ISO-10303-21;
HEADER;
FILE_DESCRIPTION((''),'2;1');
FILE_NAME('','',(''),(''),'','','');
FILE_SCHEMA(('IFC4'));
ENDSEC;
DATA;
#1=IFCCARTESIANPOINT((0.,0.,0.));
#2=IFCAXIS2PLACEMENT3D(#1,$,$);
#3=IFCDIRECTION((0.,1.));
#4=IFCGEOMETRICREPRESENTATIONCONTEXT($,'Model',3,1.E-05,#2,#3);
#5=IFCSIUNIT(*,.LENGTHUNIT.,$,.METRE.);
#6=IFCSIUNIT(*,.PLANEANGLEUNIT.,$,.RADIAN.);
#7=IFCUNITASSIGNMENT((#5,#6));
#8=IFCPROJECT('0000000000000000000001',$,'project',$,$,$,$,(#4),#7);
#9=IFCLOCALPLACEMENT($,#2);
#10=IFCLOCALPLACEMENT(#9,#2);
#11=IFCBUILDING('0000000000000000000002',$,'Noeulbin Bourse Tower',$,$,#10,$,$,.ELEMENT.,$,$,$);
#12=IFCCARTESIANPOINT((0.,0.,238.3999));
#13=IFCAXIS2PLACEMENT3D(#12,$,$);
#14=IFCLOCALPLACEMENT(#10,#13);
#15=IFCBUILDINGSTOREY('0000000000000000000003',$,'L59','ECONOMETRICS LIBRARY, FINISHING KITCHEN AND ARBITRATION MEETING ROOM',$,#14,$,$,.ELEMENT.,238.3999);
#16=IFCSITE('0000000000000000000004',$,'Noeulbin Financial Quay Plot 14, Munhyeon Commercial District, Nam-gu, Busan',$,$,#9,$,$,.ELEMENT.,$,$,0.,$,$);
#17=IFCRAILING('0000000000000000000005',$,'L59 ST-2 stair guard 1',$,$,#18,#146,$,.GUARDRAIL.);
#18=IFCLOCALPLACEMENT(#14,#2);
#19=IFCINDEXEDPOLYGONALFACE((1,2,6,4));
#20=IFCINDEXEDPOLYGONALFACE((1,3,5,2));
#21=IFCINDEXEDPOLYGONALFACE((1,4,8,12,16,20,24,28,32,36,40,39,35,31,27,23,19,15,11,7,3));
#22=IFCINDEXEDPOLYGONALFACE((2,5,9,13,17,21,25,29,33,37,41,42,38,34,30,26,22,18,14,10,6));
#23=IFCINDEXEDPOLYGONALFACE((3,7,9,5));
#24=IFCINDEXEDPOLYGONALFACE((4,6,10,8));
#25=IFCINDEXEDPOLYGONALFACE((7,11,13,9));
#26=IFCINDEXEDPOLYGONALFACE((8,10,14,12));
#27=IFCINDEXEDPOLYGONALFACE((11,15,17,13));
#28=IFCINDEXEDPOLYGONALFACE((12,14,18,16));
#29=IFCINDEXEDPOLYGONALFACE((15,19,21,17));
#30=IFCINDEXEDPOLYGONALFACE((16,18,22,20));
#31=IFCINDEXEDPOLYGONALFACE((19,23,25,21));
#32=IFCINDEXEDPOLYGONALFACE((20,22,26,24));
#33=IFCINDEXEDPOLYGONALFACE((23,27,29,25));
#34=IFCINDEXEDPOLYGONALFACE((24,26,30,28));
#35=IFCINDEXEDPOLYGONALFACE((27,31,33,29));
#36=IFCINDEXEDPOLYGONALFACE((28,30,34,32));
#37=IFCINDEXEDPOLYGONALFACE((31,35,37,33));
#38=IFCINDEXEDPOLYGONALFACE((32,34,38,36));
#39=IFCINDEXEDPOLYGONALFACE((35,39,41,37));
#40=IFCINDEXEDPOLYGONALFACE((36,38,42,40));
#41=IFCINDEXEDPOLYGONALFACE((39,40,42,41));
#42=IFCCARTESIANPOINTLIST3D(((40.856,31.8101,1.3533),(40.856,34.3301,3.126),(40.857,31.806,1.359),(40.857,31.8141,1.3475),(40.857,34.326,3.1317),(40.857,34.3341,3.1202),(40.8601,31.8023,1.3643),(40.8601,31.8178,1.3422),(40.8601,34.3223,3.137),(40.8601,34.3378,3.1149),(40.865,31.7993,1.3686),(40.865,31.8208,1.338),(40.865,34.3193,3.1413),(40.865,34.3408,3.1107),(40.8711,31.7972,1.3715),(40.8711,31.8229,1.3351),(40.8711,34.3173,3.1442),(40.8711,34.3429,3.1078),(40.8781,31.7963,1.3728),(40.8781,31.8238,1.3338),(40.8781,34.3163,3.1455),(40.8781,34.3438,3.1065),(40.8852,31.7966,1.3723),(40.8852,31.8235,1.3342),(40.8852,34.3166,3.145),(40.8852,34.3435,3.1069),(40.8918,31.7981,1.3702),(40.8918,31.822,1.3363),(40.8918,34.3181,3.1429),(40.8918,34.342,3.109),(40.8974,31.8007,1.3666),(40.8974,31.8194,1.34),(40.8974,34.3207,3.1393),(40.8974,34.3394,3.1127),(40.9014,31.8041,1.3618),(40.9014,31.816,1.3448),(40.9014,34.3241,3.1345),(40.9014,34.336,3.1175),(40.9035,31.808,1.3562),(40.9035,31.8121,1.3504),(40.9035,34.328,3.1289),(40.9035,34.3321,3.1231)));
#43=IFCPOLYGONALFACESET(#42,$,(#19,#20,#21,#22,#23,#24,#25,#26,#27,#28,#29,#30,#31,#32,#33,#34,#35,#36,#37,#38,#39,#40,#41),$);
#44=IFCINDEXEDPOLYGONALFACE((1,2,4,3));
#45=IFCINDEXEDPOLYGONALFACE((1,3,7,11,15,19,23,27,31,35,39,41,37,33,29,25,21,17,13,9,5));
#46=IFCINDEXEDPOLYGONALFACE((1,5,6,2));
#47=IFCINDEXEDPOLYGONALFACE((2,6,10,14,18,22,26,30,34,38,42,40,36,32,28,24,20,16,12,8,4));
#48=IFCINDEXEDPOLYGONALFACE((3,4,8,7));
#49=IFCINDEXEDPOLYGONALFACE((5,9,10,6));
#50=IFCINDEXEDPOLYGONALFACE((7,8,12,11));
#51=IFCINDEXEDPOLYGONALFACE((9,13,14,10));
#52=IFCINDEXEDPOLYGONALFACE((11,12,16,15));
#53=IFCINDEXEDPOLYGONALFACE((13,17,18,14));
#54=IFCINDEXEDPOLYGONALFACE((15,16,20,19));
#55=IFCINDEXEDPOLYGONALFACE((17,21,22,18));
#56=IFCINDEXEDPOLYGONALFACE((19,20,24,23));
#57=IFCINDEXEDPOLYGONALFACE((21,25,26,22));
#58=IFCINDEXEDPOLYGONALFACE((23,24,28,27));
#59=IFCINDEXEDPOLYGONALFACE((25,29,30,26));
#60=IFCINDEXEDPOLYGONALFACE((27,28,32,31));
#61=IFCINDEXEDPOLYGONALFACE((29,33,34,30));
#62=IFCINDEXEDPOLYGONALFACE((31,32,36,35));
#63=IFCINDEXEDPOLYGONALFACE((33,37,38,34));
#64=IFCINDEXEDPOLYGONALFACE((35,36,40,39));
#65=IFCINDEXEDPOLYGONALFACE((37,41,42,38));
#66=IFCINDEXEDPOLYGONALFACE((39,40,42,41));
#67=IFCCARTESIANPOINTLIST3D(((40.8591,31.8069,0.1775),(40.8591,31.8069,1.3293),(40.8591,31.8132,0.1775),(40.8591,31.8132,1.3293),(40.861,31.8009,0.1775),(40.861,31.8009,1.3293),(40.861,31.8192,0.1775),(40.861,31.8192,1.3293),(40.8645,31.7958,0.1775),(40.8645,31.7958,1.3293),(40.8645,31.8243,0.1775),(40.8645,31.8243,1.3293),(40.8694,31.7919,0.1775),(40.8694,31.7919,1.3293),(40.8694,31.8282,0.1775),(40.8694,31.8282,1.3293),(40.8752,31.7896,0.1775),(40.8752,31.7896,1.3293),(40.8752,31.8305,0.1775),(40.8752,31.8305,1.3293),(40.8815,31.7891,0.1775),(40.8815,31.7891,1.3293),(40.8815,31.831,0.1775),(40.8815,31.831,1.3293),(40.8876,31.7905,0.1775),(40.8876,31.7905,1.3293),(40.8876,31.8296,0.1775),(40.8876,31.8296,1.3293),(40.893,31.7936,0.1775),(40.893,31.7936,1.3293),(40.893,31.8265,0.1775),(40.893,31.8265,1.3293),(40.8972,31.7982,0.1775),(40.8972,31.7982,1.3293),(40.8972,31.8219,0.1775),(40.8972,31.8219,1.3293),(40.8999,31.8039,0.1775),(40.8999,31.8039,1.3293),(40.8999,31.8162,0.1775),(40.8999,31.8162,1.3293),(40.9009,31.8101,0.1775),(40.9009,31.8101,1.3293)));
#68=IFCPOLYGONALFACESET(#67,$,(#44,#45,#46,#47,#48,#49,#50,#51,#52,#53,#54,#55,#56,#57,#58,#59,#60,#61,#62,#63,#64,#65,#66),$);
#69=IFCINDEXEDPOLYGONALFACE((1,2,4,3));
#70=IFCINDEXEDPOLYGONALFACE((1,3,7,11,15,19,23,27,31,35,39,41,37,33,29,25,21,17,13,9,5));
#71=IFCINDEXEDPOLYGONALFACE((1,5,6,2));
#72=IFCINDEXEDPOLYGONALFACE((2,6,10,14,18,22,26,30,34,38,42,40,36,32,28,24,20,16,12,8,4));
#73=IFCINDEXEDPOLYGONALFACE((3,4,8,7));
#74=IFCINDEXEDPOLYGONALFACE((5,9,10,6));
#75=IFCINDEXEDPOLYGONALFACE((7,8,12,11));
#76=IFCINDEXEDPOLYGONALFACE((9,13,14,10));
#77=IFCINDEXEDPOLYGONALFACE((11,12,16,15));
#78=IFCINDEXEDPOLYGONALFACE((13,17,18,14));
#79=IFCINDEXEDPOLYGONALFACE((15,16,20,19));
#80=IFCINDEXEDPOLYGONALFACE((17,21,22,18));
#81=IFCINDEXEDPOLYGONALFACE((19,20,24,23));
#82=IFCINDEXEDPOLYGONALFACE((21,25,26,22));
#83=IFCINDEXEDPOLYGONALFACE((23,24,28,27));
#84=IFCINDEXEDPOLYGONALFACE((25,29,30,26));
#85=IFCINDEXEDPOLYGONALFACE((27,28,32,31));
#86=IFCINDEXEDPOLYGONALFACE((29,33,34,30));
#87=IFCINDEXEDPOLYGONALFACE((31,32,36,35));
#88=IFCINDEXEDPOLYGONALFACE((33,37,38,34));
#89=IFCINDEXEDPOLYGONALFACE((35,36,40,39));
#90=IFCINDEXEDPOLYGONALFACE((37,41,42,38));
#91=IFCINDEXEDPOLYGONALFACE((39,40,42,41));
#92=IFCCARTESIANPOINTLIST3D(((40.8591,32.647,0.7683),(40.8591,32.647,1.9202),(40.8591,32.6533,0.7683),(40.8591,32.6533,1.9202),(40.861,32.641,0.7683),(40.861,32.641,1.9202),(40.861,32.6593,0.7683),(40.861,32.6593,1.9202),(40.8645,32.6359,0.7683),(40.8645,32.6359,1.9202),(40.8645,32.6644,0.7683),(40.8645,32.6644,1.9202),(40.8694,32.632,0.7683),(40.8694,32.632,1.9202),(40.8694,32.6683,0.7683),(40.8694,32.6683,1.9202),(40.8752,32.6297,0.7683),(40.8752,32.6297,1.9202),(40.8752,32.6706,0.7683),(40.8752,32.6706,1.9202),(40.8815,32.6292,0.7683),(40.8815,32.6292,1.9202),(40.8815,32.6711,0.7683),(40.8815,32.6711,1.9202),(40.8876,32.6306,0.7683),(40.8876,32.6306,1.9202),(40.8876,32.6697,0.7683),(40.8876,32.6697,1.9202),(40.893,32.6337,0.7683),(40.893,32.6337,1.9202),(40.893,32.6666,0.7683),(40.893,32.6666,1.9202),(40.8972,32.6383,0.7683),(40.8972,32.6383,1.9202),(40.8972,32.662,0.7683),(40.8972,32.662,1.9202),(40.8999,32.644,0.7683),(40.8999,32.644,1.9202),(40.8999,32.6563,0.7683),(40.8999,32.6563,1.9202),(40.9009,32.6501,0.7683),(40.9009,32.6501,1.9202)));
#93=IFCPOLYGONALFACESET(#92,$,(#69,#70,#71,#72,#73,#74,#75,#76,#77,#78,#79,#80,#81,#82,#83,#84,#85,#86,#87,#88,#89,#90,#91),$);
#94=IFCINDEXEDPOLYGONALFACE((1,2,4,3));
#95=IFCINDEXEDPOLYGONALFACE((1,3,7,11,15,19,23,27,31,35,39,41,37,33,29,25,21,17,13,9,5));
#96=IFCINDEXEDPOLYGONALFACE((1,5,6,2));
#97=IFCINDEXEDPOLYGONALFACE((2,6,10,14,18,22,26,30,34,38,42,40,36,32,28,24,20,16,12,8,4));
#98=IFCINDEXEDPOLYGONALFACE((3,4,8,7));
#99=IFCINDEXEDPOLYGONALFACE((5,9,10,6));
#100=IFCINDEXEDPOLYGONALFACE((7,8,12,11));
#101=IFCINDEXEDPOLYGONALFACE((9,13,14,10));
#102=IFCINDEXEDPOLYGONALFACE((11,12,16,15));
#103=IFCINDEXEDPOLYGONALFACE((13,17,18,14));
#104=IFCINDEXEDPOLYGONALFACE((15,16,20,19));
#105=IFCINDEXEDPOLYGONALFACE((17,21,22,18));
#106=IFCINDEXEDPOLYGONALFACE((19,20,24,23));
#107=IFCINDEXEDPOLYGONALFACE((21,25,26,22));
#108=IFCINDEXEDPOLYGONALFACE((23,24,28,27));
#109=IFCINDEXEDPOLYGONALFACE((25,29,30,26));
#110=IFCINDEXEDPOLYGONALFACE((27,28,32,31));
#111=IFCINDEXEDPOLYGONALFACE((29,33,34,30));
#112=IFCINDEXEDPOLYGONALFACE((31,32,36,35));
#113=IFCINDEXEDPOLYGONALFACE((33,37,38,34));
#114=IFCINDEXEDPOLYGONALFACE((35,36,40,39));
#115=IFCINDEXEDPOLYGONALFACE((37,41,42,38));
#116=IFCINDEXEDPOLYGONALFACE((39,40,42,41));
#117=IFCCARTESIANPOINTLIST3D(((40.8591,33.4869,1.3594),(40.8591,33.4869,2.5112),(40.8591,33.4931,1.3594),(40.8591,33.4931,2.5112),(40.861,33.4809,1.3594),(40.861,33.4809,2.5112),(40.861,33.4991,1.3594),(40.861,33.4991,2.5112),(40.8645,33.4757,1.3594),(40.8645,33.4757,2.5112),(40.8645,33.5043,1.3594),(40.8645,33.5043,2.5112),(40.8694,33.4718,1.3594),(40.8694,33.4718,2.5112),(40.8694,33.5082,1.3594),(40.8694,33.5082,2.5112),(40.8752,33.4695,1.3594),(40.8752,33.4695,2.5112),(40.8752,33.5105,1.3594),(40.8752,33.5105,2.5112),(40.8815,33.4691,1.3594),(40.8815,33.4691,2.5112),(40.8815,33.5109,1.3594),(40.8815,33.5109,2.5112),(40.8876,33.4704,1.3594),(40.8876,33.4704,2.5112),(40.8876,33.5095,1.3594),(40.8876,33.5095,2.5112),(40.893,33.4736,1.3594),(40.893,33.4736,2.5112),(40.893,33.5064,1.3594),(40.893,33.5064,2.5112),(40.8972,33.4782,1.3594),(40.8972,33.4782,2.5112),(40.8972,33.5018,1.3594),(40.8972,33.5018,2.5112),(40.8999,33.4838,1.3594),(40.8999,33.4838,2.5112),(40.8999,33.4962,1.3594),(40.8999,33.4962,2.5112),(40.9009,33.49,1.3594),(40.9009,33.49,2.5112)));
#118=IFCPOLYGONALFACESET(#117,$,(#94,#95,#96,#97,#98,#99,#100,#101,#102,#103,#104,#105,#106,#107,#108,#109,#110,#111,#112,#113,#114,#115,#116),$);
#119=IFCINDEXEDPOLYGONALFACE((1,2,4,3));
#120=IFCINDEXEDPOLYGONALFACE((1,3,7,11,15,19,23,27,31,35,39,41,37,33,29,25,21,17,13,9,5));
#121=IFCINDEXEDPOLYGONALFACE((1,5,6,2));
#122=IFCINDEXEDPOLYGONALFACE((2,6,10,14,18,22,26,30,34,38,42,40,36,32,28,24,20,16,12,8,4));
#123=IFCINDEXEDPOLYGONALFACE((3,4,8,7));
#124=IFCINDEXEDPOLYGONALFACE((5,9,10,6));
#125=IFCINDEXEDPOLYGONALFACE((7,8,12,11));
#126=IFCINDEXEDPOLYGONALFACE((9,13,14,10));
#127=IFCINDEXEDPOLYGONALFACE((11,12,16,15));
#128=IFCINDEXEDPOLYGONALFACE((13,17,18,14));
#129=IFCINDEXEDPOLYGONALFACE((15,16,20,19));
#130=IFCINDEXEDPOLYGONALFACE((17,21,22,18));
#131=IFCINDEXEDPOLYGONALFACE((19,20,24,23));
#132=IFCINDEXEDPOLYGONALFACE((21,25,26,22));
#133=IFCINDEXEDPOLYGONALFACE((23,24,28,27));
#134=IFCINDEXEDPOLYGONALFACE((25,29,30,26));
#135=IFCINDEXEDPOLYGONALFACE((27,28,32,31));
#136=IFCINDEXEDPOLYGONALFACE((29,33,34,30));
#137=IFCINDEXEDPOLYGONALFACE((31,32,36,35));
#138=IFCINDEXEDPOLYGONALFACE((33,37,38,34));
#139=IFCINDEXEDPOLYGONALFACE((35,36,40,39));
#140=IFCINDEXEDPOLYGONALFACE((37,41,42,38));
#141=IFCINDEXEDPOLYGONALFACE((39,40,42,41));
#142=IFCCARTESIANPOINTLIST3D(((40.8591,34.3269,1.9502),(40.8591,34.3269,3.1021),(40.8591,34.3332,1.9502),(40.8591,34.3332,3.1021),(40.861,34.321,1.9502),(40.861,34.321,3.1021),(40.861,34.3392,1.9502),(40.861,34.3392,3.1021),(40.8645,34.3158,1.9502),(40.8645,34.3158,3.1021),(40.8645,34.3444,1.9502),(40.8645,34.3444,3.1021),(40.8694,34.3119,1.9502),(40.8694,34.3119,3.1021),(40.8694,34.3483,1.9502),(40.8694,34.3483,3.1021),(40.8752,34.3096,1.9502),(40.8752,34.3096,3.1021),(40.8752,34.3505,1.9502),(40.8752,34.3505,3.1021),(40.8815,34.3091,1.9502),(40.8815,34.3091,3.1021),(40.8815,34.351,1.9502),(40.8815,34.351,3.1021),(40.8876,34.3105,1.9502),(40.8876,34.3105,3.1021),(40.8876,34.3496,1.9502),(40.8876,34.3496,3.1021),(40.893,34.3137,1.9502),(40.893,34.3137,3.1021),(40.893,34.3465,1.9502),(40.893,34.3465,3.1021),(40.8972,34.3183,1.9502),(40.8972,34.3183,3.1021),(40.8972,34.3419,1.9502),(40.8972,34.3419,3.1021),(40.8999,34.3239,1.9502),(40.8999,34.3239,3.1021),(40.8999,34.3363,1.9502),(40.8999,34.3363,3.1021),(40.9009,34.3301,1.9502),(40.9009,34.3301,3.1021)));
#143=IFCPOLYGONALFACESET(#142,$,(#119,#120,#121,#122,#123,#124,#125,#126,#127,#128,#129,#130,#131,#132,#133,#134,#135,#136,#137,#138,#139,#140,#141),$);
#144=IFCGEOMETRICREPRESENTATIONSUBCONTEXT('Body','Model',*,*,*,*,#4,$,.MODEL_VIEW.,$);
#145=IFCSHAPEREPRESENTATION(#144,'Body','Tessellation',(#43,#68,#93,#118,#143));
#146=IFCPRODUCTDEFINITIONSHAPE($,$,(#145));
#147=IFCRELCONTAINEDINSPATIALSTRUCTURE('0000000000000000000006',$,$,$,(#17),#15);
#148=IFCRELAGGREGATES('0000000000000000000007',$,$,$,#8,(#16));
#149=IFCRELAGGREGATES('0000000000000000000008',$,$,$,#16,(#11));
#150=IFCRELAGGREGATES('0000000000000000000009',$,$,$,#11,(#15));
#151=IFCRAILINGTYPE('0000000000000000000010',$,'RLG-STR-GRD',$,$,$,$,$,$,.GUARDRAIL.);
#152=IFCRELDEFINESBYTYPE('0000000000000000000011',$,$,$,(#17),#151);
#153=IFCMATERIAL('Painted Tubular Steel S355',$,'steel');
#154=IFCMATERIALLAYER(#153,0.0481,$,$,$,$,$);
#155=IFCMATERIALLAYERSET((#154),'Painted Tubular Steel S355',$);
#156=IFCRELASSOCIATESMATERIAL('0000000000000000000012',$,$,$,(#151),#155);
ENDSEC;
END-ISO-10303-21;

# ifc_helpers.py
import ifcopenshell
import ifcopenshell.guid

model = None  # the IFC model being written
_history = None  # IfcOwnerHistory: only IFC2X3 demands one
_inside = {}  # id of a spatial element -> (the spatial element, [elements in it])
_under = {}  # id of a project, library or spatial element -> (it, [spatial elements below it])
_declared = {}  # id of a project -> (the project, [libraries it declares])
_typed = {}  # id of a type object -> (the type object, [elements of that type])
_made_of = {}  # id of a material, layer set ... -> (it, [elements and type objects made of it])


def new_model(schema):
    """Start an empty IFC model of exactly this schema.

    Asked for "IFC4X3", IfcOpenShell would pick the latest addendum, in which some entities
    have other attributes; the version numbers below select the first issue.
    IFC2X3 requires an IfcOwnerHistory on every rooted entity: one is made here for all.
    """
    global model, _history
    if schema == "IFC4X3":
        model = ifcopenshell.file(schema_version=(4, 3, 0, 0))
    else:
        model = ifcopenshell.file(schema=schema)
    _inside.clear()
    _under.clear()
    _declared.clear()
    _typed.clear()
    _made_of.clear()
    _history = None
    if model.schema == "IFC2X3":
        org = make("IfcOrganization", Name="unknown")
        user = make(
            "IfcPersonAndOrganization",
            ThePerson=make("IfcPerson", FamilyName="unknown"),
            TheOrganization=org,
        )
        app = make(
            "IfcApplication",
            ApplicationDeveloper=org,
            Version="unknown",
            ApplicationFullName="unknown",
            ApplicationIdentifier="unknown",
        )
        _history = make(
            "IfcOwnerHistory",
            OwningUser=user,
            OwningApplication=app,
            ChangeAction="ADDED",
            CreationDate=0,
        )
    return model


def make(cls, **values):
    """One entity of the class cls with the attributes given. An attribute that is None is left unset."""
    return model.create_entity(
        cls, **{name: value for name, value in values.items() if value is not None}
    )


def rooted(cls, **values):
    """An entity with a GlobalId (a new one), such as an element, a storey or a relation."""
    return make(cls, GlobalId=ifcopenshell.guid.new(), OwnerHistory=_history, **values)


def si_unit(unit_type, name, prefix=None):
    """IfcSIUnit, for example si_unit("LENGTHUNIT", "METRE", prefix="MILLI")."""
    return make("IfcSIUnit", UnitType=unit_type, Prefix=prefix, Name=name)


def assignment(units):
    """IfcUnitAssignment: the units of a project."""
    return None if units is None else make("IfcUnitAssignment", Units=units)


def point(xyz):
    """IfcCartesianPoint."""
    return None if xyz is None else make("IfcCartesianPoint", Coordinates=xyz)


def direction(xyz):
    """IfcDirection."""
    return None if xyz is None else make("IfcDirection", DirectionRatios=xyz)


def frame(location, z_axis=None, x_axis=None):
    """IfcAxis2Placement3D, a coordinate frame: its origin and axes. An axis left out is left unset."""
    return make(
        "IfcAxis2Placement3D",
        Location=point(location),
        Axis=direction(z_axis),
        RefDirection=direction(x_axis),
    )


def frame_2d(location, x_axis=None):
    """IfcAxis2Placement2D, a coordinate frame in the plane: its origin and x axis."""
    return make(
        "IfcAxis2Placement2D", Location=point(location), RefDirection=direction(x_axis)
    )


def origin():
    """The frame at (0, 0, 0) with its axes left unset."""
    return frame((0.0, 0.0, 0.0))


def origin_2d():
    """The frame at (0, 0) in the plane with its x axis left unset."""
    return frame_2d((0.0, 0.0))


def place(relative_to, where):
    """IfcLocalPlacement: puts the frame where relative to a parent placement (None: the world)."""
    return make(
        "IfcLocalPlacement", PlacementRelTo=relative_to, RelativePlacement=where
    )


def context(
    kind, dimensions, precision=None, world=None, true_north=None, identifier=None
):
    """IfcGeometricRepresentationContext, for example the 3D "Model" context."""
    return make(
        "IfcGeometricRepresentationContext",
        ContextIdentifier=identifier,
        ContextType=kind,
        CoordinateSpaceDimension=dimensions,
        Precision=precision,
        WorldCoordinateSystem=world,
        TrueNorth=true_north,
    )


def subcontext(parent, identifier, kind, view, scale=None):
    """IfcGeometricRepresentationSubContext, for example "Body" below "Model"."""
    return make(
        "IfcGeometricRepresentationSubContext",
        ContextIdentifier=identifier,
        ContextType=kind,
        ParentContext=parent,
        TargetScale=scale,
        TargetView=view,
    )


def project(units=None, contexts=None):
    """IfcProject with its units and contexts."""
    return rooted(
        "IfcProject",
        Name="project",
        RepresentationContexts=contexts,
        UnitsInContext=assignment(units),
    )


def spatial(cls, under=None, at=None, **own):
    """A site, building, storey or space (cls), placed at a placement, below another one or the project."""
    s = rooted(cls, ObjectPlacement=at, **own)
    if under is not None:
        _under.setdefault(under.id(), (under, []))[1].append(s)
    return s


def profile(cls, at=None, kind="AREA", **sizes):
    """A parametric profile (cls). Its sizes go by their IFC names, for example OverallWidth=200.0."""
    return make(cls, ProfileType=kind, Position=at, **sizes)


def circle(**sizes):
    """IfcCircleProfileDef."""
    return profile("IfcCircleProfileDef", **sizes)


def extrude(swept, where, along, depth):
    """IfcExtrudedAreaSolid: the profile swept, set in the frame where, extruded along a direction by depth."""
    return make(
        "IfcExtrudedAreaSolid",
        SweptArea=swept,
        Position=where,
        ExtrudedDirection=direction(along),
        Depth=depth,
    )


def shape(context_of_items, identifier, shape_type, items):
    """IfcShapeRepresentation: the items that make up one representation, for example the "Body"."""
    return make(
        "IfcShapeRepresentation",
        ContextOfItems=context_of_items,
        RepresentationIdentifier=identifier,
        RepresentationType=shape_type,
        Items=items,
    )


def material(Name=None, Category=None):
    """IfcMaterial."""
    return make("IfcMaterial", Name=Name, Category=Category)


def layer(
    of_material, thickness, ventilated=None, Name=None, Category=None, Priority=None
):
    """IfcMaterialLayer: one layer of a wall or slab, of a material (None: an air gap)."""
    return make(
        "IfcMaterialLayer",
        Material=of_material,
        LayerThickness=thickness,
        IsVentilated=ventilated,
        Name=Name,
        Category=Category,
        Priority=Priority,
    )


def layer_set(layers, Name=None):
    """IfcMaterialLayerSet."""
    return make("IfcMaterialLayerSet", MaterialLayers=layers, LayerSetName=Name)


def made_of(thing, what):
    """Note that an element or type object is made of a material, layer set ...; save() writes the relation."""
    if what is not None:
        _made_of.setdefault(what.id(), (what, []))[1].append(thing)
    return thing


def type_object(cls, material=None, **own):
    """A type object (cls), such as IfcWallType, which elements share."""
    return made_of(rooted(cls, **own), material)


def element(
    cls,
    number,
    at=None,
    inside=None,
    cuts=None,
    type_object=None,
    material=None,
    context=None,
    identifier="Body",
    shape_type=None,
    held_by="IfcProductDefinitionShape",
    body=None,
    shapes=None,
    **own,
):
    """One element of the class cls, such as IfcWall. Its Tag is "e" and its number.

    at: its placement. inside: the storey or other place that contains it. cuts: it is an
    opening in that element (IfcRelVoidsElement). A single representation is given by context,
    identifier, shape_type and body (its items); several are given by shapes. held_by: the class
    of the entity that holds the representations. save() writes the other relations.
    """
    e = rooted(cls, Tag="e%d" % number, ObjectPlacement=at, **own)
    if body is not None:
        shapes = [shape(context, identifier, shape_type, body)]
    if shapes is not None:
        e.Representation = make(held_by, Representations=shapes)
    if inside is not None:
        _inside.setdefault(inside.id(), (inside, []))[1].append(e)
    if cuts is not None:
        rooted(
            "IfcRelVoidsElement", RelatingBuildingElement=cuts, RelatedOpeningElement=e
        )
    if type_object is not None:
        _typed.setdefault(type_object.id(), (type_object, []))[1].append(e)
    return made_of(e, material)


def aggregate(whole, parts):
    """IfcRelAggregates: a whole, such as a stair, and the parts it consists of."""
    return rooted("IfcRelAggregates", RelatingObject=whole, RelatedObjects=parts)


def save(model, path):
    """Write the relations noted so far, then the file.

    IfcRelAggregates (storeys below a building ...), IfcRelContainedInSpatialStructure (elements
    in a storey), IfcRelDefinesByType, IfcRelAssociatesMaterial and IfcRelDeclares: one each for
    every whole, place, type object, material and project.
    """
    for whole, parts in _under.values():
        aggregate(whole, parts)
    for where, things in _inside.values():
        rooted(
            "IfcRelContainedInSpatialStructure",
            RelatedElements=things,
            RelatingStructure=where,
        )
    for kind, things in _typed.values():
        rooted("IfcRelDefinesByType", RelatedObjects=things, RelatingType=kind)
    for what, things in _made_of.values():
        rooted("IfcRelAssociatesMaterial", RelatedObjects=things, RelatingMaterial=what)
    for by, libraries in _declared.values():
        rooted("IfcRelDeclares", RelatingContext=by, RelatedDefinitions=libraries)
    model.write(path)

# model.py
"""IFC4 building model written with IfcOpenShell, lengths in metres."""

from ifc_helpers import new_model, si_unit, direction, frame, origin, origin_2d, place, context, subcontext, project, spatial, circle, extrude, material, layer, layer_set, type_object, element, save


model = new_model("IFC4")

# Units and contexts
model_context = context("Model", 3, precision=1e-05, world=origin(), true_north=direction((0.0, 1.0)))
body_context = subcontext(model_context, "Body", "Model", "MODEL_VIEW")
ifc_project = project(units=[si_unit("LENGTHUNIT", "METRE"), si_unit("PLANEANGLEUNIT", "RADIAN")], contexts=[model_context])

# Site, building, storey
site_placement = place(None, origin())
site = spatial("IfcSite", under=ifc_project, at=site_placement, Name="Noeulbin Financial Quay Plot 14, Munhyeon Commercial District, Nam-gu, Busan", CompositionType="ELEMENT", RefElevation=0.0)
building_placement = place(site_placement, origin())
building = spatial("IfcBuilding", under=site, at=building_placement, Name="Noeulbin Bourse Tower", CompositionType="ELEMENT")
storey_placement = place(building_placement, frame((0.0, 0.0, 238.3999)))
storey = spatial("IfcBuildingStorey", under=building, at=storey_placement, Name="L59", Description="ECONOMETRICS LIBRARY, FINISHING KITCHEN AND ARBITRATION MEETING ROOM", CompositionType="ELEMENT", Elevation=238.3999)

# Railing
ifc_material_1 = material(Name="Painted Tubular Steel S355", Category="steel")
ifc_layer_1 = layer(ifc_material_1, 0.0481)
ifc_layer_set_1 = layer_set([ifc_layer_1], Name="Painted Tubular Steel S355")
railing_type_1 = type_object("IfcRailingType", Name="RLG-STR-GRD", PredefinedType="GUARDRAIL", material=ifc_layer_set_1)
railing_1_placement = place(storey_placement, frame((40.8799, 31.8101, 0.1775)))
element("IfcRailing", 1, at=railing_1_placement, inside=storey, type_object=railing_type_1, Name="L59 ST-2 stair guard 1", PredefinedType="GUARDRAIL", context=body_context, shape_type="SweptSolid", body=[
    extrude(circle(Radius=0.0239, at=origin_2d()), frame((0.0, 0.0, 1.1758), z_axis=(0.0, 0.817904, 0.575354), x_axis=(-1.0, 0.0, 0.0)), (0.0, 0.0, 1.0), 3.0811),
    extrude(circle(Radius=0.021, at=origin_2d()), origin(), (0.0, 0.0, 1.0), 1.1519),
    extrude(circle(Radius=0.021, at=origin_2d()), frame((0.0, 0.8401, 0.5908)), (0.0, 0.0, 1.0), 1.1519),
    extrude(circle(Radius=0.021, at=origin_2d()), frame((0.0, 1.6799, 1.1819)), (0.0, 0.0, 1.0), 1.1519),
    extrude(circle(Radius=0.021, at=origin_2d()), frame((0.0, 2.52, 1.7727)), (0.0, 0.0, 1.0), 1.1519),
])

save(model, "model.ifc")
